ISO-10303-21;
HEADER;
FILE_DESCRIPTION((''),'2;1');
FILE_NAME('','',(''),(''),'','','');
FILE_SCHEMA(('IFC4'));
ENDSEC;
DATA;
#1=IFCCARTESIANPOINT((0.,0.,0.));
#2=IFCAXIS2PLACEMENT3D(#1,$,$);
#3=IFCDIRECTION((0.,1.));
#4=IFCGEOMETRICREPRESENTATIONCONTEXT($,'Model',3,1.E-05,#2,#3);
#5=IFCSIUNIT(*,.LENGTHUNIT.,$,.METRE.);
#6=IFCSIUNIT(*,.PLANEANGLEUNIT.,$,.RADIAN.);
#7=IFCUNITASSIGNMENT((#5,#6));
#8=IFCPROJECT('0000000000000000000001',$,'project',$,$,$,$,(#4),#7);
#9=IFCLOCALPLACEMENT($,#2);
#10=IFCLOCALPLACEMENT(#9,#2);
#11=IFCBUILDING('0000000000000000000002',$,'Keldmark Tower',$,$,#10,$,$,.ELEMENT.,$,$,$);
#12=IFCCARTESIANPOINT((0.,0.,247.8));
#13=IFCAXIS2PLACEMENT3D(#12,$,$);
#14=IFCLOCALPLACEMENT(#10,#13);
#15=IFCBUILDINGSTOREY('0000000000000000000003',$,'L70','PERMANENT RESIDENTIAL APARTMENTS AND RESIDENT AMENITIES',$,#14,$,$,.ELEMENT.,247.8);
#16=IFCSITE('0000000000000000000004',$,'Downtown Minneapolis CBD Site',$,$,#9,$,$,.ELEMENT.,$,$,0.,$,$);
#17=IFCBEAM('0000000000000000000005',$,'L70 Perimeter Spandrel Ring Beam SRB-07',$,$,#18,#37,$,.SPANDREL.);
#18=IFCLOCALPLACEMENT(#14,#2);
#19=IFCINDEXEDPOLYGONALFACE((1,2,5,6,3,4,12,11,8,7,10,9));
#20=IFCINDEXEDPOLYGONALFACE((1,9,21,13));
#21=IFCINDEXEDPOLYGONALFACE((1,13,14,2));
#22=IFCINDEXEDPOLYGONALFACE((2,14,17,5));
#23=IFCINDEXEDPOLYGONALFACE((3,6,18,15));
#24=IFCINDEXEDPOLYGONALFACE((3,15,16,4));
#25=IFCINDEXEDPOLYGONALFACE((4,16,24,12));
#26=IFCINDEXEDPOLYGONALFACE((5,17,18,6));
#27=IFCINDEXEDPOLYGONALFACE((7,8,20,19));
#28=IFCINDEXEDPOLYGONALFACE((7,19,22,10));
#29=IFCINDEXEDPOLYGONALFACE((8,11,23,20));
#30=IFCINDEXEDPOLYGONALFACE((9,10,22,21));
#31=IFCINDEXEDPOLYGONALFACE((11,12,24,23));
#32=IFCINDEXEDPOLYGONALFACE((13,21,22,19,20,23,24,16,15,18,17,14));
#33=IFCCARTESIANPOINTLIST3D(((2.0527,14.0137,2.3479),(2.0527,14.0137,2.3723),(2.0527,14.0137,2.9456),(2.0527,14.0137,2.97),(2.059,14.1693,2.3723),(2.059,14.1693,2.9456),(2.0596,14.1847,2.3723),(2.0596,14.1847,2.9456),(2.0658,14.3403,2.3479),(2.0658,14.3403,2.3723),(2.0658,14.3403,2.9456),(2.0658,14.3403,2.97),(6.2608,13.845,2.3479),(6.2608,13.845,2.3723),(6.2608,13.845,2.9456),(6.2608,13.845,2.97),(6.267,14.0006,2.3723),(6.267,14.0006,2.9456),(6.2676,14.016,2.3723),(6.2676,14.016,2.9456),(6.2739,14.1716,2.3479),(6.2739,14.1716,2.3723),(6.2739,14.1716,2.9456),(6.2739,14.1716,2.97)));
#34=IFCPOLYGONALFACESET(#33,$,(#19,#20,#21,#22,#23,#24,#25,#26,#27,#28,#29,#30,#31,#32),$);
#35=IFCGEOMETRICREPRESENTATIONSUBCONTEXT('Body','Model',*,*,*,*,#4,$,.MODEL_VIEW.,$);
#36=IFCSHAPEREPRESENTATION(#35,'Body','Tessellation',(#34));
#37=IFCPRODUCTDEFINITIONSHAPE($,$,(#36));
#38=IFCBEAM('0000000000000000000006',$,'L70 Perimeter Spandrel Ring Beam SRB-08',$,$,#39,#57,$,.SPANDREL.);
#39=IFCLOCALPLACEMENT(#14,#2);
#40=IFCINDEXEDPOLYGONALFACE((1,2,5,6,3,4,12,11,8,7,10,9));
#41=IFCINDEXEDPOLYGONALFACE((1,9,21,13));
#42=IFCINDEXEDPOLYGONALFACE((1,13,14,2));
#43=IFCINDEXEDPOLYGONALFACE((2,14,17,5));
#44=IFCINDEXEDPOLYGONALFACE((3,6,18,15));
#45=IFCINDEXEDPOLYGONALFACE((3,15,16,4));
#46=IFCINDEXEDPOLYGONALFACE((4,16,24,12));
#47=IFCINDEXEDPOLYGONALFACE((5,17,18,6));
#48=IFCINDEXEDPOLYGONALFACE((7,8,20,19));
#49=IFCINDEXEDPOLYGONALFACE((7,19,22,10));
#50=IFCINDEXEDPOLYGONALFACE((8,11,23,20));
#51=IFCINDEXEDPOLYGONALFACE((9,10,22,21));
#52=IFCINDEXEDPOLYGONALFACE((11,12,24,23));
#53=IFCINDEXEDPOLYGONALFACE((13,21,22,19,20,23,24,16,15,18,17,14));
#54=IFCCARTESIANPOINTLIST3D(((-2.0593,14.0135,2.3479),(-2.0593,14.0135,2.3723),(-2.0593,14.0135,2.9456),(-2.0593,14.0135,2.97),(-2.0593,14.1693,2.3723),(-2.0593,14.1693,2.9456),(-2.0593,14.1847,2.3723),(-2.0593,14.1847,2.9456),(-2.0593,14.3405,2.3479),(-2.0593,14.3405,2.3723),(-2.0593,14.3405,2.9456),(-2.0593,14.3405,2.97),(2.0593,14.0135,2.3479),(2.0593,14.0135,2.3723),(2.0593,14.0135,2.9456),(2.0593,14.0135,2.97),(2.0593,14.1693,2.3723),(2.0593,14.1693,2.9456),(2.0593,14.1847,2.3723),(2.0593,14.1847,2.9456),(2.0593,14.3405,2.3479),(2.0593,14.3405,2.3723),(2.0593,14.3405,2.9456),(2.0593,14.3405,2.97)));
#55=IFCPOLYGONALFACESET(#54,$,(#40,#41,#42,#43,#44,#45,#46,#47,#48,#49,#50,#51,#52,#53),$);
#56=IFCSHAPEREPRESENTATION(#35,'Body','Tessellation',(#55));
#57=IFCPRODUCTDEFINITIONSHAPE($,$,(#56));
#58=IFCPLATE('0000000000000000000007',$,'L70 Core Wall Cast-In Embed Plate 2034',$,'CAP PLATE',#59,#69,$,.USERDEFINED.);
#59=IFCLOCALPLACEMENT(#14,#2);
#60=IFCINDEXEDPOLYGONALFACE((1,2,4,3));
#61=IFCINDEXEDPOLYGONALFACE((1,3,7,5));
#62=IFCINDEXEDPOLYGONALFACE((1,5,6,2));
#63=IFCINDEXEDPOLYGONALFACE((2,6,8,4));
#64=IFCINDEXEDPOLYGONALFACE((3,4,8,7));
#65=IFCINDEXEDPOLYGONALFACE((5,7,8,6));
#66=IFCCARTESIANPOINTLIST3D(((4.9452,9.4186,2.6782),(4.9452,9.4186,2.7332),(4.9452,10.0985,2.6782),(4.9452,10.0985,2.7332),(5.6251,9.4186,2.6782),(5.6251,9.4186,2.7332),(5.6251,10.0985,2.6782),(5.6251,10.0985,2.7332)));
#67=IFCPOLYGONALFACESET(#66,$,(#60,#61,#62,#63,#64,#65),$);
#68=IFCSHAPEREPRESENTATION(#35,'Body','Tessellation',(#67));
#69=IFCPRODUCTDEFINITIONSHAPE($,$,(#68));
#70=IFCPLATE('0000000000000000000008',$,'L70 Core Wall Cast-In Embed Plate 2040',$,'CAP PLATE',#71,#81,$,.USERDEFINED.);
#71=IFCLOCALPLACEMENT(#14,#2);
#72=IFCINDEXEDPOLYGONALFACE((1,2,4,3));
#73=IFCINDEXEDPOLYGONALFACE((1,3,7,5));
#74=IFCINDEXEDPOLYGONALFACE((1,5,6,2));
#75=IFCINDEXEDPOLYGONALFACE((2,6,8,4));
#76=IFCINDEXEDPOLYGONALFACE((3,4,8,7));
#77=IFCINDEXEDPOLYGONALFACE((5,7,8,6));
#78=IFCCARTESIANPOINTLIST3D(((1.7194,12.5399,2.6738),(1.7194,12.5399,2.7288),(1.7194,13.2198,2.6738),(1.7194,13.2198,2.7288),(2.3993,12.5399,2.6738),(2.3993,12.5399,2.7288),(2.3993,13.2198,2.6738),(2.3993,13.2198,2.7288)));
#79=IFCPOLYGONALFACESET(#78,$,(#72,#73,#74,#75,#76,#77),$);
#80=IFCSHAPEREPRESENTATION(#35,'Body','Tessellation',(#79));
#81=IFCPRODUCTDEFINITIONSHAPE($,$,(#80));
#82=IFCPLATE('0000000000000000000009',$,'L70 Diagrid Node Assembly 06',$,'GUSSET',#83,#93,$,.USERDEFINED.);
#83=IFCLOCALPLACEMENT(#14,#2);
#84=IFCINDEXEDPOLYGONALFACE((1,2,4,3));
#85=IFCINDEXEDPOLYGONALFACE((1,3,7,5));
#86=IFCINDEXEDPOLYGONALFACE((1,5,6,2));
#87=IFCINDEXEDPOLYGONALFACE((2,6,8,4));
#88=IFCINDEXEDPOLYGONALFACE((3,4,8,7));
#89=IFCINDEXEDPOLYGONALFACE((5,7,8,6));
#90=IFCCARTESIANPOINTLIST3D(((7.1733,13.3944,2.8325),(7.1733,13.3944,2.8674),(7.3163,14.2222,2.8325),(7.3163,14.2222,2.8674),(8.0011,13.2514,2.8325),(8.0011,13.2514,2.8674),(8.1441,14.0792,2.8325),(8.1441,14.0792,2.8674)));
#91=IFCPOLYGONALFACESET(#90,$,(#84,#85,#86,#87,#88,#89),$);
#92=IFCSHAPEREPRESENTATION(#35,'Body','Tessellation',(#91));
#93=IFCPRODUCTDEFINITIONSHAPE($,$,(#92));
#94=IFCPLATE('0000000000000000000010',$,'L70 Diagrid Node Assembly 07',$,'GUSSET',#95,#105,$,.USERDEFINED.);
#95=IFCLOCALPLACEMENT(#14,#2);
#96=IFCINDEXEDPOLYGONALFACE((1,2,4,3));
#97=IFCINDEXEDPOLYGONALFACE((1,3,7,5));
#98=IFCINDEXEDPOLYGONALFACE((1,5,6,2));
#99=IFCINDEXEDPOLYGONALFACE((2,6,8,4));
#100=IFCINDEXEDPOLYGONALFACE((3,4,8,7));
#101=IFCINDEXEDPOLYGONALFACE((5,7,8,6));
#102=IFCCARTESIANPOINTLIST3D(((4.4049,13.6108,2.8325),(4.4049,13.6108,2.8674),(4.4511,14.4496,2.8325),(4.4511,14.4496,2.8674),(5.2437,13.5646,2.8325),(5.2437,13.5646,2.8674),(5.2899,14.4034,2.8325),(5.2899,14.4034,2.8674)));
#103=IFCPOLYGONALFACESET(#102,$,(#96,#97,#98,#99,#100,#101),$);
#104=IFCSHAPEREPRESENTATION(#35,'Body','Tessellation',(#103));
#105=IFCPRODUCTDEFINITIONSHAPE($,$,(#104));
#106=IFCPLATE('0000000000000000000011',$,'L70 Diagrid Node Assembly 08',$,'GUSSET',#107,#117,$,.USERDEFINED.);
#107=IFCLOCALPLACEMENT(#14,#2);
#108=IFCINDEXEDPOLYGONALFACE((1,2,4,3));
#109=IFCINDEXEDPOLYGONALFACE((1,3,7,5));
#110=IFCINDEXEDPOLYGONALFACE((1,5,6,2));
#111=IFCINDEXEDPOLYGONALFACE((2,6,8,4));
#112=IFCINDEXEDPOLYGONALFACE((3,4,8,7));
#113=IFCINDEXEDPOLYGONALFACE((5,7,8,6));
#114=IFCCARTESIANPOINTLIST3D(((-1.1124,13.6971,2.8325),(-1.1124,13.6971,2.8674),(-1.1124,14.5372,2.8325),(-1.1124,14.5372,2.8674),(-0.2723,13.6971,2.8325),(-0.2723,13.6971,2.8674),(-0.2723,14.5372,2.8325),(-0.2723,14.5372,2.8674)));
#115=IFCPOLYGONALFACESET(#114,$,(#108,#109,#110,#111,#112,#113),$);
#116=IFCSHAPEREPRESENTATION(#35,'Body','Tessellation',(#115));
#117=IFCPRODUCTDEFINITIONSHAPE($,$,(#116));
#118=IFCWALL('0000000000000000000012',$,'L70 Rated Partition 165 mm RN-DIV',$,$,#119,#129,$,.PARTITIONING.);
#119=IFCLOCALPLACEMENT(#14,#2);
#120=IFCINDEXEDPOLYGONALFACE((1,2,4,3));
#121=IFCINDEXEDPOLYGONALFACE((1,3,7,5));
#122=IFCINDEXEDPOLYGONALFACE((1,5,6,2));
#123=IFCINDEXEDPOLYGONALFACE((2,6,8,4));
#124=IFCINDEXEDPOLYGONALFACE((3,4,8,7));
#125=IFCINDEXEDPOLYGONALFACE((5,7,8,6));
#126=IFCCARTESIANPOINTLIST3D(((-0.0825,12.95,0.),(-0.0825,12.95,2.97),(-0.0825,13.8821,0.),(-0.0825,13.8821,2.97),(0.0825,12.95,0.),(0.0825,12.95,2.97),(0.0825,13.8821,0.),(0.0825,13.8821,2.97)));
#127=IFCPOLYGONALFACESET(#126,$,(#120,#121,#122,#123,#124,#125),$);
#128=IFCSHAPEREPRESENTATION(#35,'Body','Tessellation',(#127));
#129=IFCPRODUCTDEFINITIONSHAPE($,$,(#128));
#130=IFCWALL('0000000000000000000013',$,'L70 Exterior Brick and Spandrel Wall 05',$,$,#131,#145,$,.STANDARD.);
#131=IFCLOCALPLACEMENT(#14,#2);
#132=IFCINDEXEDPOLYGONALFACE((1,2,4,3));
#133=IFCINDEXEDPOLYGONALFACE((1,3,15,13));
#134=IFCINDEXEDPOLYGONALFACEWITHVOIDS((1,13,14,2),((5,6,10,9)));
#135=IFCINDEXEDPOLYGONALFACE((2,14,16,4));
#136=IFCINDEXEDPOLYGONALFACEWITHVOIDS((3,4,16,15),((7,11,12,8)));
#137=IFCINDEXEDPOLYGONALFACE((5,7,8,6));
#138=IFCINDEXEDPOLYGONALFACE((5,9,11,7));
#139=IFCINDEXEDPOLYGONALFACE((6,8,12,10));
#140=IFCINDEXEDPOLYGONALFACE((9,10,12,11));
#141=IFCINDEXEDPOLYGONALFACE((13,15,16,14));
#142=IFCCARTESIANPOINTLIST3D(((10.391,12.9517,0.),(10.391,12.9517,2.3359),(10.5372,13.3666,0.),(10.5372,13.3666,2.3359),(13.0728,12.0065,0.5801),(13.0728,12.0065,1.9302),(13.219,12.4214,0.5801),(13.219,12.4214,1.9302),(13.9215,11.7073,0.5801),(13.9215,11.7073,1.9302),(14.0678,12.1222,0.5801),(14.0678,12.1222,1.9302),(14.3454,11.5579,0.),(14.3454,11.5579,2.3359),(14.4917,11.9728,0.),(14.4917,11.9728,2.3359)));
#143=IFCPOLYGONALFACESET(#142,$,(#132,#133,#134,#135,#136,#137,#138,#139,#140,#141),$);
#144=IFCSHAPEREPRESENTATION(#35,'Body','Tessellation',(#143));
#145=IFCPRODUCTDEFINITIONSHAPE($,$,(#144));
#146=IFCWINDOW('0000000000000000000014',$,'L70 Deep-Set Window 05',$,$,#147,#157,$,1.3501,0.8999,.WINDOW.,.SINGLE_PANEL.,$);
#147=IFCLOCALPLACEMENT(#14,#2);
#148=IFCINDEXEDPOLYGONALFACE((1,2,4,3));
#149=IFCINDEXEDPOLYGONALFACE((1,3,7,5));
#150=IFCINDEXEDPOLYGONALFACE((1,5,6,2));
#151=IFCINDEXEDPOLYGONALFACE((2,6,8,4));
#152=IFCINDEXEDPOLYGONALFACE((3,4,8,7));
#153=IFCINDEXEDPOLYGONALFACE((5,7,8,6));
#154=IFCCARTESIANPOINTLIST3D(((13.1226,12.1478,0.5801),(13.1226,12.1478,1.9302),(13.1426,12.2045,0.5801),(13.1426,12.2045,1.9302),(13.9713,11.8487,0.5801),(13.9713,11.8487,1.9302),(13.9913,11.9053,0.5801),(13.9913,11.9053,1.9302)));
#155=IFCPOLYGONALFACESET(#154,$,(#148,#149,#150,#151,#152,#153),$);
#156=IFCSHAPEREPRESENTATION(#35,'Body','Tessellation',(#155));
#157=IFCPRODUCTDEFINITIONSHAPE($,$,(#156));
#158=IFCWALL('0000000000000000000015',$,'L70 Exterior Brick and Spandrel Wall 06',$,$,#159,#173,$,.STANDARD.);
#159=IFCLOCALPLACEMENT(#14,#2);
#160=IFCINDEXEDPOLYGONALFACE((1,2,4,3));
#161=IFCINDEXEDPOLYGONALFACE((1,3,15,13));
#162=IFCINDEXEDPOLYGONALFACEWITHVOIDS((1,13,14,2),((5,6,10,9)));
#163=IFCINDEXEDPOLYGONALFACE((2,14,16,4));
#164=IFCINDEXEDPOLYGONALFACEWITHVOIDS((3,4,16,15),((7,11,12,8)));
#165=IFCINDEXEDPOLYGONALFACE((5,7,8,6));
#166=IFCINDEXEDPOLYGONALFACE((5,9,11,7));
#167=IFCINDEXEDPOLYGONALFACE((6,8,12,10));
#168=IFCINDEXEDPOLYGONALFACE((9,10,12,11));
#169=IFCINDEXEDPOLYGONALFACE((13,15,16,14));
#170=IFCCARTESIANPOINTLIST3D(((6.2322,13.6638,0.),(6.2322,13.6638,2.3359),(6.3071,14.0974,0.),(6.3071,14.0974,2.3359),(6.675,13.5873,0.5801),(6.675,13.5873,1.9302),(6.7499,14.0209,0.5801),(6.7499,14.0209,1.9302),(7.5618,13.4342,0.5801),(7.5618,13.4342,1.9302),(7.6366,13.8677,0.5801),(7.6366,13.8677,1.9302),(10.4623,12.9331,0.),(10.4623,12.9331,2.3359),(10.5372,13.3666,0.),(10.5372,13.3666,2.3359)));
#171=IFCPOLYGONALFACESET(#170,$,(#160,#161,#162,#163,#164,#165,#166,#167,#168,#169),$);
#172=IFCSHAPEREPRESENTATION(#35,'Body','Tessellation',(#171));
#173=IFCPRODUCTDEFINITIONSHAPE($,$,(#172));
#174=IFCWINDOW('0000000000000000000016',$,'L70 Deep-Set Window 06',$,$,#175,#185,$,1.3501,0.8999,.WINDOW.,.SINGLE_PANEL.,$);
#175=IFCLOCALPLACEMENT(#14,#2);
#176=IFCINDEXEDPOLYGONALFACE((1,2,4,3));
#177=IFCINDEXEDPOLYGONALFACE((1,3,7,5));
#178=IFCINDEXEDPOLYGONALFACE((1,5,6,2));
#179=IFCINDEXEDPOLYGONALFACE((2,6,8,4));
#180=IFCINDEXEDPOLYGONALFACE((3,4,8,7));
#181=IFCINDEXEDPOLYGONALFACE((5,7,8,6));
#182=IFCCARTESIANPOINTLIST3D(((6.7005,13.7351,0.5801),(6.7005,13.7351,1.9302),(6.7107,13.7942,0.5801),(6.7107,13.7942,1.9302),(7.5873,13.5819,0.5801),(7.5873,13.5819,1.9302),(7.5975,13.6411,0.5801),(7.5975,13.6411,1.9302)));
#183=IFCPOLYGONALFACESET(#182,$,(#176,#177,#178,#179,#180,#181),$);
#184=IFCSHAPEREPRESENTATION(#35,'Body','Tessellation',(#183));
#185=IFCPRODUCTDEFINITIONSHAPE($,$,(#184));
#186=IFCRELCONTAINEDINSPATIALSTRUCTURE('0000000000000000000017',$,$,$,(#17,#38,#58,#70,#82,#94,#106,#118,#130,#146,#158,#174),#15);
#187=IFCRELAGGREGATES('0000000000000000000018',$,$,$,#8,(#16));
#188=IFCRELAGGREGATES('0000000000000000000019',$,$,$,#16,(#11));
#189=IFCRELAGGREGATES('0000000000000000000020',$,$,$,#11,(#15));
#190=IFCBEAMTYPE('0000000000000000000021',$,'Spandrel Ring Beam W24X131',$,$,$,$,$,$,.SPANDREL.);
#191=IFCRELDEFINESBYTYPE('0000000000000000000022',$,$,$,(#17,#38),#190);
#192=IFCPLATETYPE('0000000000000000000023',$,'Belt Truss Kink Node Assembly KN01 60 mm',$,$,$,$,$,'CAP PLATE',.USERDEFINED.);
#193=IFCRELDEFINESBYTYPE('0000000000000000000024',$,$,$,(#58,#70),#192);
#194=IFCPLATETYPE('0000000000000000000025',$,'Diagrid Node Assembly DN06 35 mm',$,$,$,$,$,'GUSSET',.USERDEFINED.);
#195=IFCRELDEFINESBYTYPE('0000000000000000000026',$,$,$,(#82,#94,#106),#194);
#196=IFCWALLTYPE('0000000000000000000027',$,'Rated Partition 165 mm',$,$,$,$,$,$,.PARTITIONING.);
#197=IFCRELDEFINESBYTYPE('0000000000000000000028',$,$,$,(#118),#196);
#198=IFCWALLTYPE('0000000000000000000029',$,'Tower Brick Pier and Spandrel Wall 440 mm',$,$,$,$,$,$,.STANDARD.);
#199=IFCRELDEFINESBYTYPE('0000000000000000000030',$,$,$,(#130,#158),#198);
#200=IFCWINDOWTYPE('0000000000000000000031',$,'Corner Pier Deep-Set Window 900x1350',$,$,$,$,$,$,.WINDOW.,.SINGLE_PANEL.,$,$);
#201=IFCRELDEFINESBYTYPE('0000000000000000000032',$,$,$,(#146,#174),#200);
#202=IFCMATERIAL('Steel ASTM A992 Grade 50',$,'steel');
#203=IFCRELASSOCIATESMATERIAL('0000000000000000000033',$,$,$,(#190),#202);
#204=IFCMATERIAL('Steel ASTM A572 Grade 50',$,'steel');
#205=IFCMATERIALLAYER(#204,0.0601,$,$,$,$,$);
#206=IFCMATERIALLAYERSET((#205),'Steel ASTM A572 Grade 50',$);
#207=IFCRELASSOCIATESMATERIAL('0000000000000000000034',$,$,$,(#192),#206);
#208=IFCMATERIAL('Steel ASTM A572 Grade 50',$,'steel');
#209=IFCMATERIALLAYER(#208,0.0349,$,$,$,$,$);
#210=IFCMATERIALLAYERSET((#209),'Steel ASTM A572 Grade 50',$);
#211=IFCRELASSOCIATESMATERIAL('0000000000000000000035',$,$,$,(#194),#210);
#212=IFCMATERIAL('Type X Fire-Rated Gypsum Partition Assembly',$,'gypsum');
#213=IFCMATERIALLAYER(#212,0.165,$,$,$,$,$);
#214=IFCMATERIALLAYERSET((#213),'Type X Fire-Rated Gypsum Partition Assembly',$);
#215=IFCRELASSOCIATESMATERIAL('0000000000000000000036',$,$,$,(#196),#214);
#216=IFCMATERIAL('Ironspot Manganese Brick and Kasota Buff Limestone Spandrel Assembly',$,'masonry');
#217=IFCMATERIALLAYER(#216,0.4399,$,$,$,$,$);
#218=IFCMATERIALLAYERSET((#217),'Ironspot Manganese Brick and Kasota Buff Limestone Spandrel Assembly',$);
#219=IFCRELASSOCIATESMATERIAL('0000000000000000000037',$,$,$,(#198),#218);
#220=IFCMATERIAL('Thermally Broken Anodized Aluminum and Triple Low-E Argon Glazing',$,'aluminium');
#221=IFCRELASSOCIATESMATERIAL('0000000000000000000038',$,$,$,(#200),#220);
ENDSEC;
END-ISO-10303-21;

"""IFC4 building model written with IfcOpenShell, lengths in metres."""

from ifc_helpers import new_model, si_unit, direction, frame, frame_2d, origin, origin_2d, place, context, subcontext, project, spatial, rectangle, i_section, extrude, material, layer, layer_set, material_profile, profile_set, type_object, element, fill, save


model = new_model("IFC4")

# Units and contexts
model_context = context("Model", 3, precision=1e-05, world=origin(), true_north=direction((0.0, 1.0)))
body_context = subcontext(model_context, "Body", "Model", "MODEL_VIEW")
ifc_project = project(units=[si_unit("LENGTHUNIT", "METRE"), si_unit("PLANEANGLEUNIT", "RADIAN")], contexts=[model_context])

# Site, building, storey
site_placement = place(None, origin())
site = spatial("IfcSite", under=ifc_project, at=site_placement, Name="Downtown Minneapolis CBD Site", CompositionType="ELEMENT", RefElevation=0.0)
building_placement = place(site_placement, origin())
building = spatial("IfcBuilding", under=site, at=building_placement, Name="Keldmark Tower", CompositionType="ELEMENT")
storey_placement = place(building_placement, frame((0.0, 0.0, 247.8)))
storey = spatial("IfcBuildingStorey", under=building, at=storey_placement, Name="L70", Description="PERMANENT RESIDENTIAL APARTMENTS AND RESIDENT AMENITIES", CompositionType="ELEMENT", Elevation=247.8)

# Beams
ifc_material_1 = material(Name="Steel ASTM A992 Grade 50", Category="steel")
ifc_material_profile_1 = material_profile(ifc_material_1, i_section(OverallWidth=0.3269, OverallDepth=0.6221, WebThickness=0.0154, FlangeThickness=0.0244, at=origin_2d()), Name="W24X131")
ifc_profile_set_1 = profile_set([ifc_material_profile_1], Name="Steel ASTM A992 Grade 50")
beam_type_1 = type_object("IfcBeamType", Name="Spandrel Ring Beam W24X131", PredefinedType="SPANDREL", material=ifc_profile_set_1)
beam_1_placement = place(storey_placement, frame((6.2673, 14.0083, 2.6589), z_axis=(-0.999197, 0.040058, 0.0), x_axis=(-0.040058, -0.999197, 0.0)))
element("IfcBeam", 1, at=beam_1_placement, inside=storey, type_object=beam_type_1, Name="L70 Perimeter Spandrel Ring Beam SRB-07", PredefinedType="SPANDREL", context=body_context, shape_type="SweptSolid", body=[
    extrude(i_section(OverallWidth=0.3269, OverallDepth=0.6221, WebThickness=0.0154, FlangeThickness=0.0244, at=origin_2d()), origin(), (0.0, 0.0, 1.0), 4.2114),
])
beam_2_placement = place(storey_placement, frame((2.0593, 14.177, 2.6589), z_axis=(-1.0, 0.0, 0.0), x_axis=(0.0, -1.0, 0.0)))
element("IfcBeam", 2, at=beam_2_placement, inside=storey, type_object=beam_type_1, Name="L70 Perimeter Spandrel Ring Beam SRB-08", PredefinedType="SPANDREL", context=body_context, shape_type="SweptSolid", body=[
    extrude(i_section(OverallWidth=0.3269, OverallDepth=0.6221, WebThickness=0.0154, FlangeThickness=0.0244, at=origin_2d()), origin(), (0.0, 0.0, 1.0), 4.1187),
])

# Plates
ifc_material_2 = material(Name="Steel ASTM A572 Grade 50", Category="steel")
ifc_layer_1 = layer(ifc_material_2, 0.0601)
ifc_layer_set_1 = layer_set([ifc_layer_1], Name="Steel ASTM A572 Grade 50")
plate_type_1 = type_object("IfcPlateType", Name="Belt Truss Kink Node Assembly KN01 60 mm", ElementType="CAP PLATE", PredefinedType="USERDEFINED", material=ifc_layer_set_1)
for number, where, z_axis, x_axis, name in (
    (3, (5.2852, 9.7585, 2.6782), (0.0, 0.0, 1.0), (1.0, 0.0, 0.0), "L70 Core Wall Cast-In Embed Plate 2034"),
    (4, (2.0593, 12.8799, 2.6738), (0.0, 0.0, 1.0), (1.0, 0.0, 0.0), "L70 Core Wall Cast-In Embed Plate 2040"),
):
    element("IfcPlate", number, at=place(storey_placement, frame(where, z_axis=z_axis, x_axis=x_axis)), inside=storey, type_object=plate_type_1, Name=name, ObjectType="CAP PLATE", PredefinedType="USERDEFINED", context=body_context, shape_type="SweptSolid", body=[
        extrude(rectangle(XDim=0.6799, YDim=0.6799, at=origin_2d()), origin(), (0.0, 0.0, 1.0), 0.0549),
    ])
ifc_material_3 = material(Name="Steel ASTM A572 Grade 50", Category="steel")
ifc_layer_2 = layer(ifc_material_3, 0.0349)
ifc_layer_set_2 = layer_set([ifc_layer_2], Name="Steel ASTM A572 Grade 50")
plate_type_2 = type_object("IfcPlateType", Name="Diagrid Node Assembly DN06 35 mm", ElementType="GUSSET", PredefinedType="USERDEFINED", material=ifc_layer_set_2)
for number, where, z_axis, x_axis, name in (
    (5, (7.6587, 13.7368, 2.8325), (0.0, 0.0, 1.0), (-0.985408, 0.170209, 0.0), "L70 Diagrid Node Assembly 06"),
    (6, (4.8474, 14.0071, 2.8325), (0.0, 0.0, 1.0), (-0.998489, 0.05495, 0.0), "L70 Diagrid Node Assembly 07"),
    (7, (-0.6924, 14.1172, 2.8325), (0.0, 0.0, 1.0), (-1.0, 0.0, 0.0), "L70 Diagrid Node Assembly 08"),
):
    element("IfcPlate", number, at=place(storey_placement, frame(where, z_axis=z_axis, x_axis=x_axis)), inside=storey, type_object=plate_type_2, Name=name, ObjectType="GUSSET", PredefinedType="USERDEFINED", context=body_context, shape_type="SweptSolid", body=[
        extrude(rectangle(XDim=0.8401, YDim=0.8401, at=origin_2d()), origin(), (0.0, 0.0, 1.0), 0.0349),
    ])

# Wall
ifc_material_4 = material(Name="Type X Fire-Rated Gypsum Partition Assembly", Category="gypsum")
ifc_layer_3 = layer(ifc_material_4, 0.165)
ifc_layer_set_3 = layer_set([ifc_layer_3], Name="Type X Fire-Rated Gypsum Partition Assembly")
wall_type_1 = type_object("IfcWallType", Name="Rated Partition 165 mm", PredefinedType="PARTITIONING", material=ifc_layer_set_3)
wall_1_placement = place(storey_placement, frame((0.0, 12.95, 0.0), z_axis=(0.0, 0.0, 1.0), x_axis=(0.0, 1.0, 0.0)))
element("IfcWall", 8, at=wall_1_placement, inside=storey, type_object=wall_type_1, Name="L70 Rated Partition 165 mm RN-DIV", PredefinedType="PARTITIONING", context=body_context, shape_type="SweptSolid", body=[
    extrude(rectangle(XDim=0.9321, YDim=0.165, at=frame_2d((0.4661, 0.0))), origin(), (0.0, 0.0, 1.0), 2.97),
])

# Walls, openings, windows
ifc_material_5 = material(Name="Ironspot Manganese Brick and Kasota Buff Limestone Spandrel Assembly", Category="masonry")
ifc_layer_4 = layer(ifc_material_5, 0.4399)
ifc_layer_set_4 = layer_set([ifc_layer_4], Name="Ironspot Manganese Brick and Kasota Buff Limestone Spandrel Assembly")
wall_type_2 = type_object("IfcWallType", Name="Tower Brick Pier and Spandrel Wall 440 mm", PredefinedType="STANDARD", material=ifc_layer_set_4)
wall_2_placement = place(storey_placement, frame((10.4641, 13.1592, 0.0), z_axis=(0.0, 0.0, 1.0), x_axis=(0.943129, -0.332427, 0.0)))
wall_2 = element("IfcWall", 9, at=wall_2_placement, inside=storey, type_object=wall_type_2, Name="L70 Exterior Brick and Spandrel Wall 05", PredefinedType="STANDARD", context=body_context, shape_type="SweptSolid", body=[
    extrude(rectangle(XDim=4.1929, YDim=0.4399, at=frame_2d((2.0964, 0.0))), origin(), (0.0, 0.0, 1.0), 2.3359),
])
opening_1_placement = place(wall_2_placement, frame((2.8435, 0.0, 0.5801)))
opening_1 = element("IfcOpeningElement", 10, at=opening_1_placement, cuts=wall_2, PredefinedType="OPENING", context=body_context, shape_type="SweptSolid", body=[
    extrude(rectangle(XDim=0.8999, YDim=1.3501, at=frame_2d((0.45, 0.675))), frame((0.0, 0.23, 0.0), z_axis=(0.0, -1.0, 0.0), x_axis=(1.0, 0.0, 0.0)), (0.0, 0.0, 1.0), 0.46),
])
ifc_material_6 = material(Name="Thermally Broken Anodized Aluminum and Triple Low-E Argon Glazing", Category="aluminium")
window_type = type_object("IfcWindowType", Name="Corner Pier Deep-Set Window 900x1350", PartitioningType="SINGLE_PANEL", PredefinedType="WINDOW", material=ifc_material_6)
window_1_placement = place(opening_1_placement, origin())
window_1 = element("IfcWindow", 11, at=window_1_placement, inside=storey, type_object=window_type, Name="L70 Deep-Set Window 05", OverallHeight=1.3501, OverallWidth=0.8999, PartitioningType="SINGLE_PANEL", PredefinedType="WINDOW", context=body_context, shape_type="SweptSolid", body=[
    extrude(rectangle(XDim=0.8999, YDim=1.3501, at=frame_2d((0.45, 0.675))), frame((0.0, -0.01, 0.0), z_axis=(0.0, -1.0, 0.0), x_axis=(1.0, 0.0, 0.0)), (0.0, 0.0, 1.0), 0.0601),
])
fill(opening_1, window_1)
wall_3_placement = place(storey_placement, frame((6.2695, 13.8806, 0.0), z_axis=(0.0, 0.0, 1.0), x_axis=(0.985405, -0.170225, 0.0)))
wall_3 = element("IfcWall", 12, at=wall_3_placement, inside=storey, type_object=wall_type_2, Name="L70 Exterior Brick and Spandrel Wall 06", PredefinedType="STANDARD", context=body_context, shape_type="SweptSolid", body=[
    extrude(rectangle(XDim=4.2927, YDim=0.4399, at=frame_2d((2.1465, 0.0))), origin(), (0.0, 0.0, 1.0), 2.3359),
])
opening_2_placement = place(wall_3_placement, frame((0.4495, 0.0, 0.5801)))
opening_2 = element("IfcOpeningElement", 13, at=opening_2_placement, cuts=wall_3, PredefinedType="OPENING", context=body_context, shape_type="SweptSolid", body=[
    extrude(rectangle(XDim=0.8999, YDim=1.3501, at=frame_2d((0.45, 0.675))), frame((0.0, 0.23, 0.0), z_axis=(0.0, -1.0, 0.0), x_axis=(1.0, 0.0, 0.0)), (0.0, 0.0, 1.0), 0.46),
])
window_2_placement = place(opening_2_placement, origin())
window_2 = element("IfcWindow", 14, at=window_2_placement, inside=storey, type_object=window_type, Name="L70 Deep-Set Window 06", OverallHeight=1.3501, OverallWidth=0.8999, PartitioningType="SINGLE_PANEL", PredefinedType="WINDOW", context=body_context, shape_type="SweptSolid", body=[
    extrude(rectangle(XDim=0.8999, YDim=1.3501, at=frame_2d((0.45, 0.675))), frame((0.0, -0.01, 0.0), z_axis=(0.0, -1.0, 0.0), x_axis=(1.0, 0.0, 0.0)), (0.0, 0.0, 1.0), 0.0601),
])
fill(opening_2, window_2)

save(model, "model.ifc")
